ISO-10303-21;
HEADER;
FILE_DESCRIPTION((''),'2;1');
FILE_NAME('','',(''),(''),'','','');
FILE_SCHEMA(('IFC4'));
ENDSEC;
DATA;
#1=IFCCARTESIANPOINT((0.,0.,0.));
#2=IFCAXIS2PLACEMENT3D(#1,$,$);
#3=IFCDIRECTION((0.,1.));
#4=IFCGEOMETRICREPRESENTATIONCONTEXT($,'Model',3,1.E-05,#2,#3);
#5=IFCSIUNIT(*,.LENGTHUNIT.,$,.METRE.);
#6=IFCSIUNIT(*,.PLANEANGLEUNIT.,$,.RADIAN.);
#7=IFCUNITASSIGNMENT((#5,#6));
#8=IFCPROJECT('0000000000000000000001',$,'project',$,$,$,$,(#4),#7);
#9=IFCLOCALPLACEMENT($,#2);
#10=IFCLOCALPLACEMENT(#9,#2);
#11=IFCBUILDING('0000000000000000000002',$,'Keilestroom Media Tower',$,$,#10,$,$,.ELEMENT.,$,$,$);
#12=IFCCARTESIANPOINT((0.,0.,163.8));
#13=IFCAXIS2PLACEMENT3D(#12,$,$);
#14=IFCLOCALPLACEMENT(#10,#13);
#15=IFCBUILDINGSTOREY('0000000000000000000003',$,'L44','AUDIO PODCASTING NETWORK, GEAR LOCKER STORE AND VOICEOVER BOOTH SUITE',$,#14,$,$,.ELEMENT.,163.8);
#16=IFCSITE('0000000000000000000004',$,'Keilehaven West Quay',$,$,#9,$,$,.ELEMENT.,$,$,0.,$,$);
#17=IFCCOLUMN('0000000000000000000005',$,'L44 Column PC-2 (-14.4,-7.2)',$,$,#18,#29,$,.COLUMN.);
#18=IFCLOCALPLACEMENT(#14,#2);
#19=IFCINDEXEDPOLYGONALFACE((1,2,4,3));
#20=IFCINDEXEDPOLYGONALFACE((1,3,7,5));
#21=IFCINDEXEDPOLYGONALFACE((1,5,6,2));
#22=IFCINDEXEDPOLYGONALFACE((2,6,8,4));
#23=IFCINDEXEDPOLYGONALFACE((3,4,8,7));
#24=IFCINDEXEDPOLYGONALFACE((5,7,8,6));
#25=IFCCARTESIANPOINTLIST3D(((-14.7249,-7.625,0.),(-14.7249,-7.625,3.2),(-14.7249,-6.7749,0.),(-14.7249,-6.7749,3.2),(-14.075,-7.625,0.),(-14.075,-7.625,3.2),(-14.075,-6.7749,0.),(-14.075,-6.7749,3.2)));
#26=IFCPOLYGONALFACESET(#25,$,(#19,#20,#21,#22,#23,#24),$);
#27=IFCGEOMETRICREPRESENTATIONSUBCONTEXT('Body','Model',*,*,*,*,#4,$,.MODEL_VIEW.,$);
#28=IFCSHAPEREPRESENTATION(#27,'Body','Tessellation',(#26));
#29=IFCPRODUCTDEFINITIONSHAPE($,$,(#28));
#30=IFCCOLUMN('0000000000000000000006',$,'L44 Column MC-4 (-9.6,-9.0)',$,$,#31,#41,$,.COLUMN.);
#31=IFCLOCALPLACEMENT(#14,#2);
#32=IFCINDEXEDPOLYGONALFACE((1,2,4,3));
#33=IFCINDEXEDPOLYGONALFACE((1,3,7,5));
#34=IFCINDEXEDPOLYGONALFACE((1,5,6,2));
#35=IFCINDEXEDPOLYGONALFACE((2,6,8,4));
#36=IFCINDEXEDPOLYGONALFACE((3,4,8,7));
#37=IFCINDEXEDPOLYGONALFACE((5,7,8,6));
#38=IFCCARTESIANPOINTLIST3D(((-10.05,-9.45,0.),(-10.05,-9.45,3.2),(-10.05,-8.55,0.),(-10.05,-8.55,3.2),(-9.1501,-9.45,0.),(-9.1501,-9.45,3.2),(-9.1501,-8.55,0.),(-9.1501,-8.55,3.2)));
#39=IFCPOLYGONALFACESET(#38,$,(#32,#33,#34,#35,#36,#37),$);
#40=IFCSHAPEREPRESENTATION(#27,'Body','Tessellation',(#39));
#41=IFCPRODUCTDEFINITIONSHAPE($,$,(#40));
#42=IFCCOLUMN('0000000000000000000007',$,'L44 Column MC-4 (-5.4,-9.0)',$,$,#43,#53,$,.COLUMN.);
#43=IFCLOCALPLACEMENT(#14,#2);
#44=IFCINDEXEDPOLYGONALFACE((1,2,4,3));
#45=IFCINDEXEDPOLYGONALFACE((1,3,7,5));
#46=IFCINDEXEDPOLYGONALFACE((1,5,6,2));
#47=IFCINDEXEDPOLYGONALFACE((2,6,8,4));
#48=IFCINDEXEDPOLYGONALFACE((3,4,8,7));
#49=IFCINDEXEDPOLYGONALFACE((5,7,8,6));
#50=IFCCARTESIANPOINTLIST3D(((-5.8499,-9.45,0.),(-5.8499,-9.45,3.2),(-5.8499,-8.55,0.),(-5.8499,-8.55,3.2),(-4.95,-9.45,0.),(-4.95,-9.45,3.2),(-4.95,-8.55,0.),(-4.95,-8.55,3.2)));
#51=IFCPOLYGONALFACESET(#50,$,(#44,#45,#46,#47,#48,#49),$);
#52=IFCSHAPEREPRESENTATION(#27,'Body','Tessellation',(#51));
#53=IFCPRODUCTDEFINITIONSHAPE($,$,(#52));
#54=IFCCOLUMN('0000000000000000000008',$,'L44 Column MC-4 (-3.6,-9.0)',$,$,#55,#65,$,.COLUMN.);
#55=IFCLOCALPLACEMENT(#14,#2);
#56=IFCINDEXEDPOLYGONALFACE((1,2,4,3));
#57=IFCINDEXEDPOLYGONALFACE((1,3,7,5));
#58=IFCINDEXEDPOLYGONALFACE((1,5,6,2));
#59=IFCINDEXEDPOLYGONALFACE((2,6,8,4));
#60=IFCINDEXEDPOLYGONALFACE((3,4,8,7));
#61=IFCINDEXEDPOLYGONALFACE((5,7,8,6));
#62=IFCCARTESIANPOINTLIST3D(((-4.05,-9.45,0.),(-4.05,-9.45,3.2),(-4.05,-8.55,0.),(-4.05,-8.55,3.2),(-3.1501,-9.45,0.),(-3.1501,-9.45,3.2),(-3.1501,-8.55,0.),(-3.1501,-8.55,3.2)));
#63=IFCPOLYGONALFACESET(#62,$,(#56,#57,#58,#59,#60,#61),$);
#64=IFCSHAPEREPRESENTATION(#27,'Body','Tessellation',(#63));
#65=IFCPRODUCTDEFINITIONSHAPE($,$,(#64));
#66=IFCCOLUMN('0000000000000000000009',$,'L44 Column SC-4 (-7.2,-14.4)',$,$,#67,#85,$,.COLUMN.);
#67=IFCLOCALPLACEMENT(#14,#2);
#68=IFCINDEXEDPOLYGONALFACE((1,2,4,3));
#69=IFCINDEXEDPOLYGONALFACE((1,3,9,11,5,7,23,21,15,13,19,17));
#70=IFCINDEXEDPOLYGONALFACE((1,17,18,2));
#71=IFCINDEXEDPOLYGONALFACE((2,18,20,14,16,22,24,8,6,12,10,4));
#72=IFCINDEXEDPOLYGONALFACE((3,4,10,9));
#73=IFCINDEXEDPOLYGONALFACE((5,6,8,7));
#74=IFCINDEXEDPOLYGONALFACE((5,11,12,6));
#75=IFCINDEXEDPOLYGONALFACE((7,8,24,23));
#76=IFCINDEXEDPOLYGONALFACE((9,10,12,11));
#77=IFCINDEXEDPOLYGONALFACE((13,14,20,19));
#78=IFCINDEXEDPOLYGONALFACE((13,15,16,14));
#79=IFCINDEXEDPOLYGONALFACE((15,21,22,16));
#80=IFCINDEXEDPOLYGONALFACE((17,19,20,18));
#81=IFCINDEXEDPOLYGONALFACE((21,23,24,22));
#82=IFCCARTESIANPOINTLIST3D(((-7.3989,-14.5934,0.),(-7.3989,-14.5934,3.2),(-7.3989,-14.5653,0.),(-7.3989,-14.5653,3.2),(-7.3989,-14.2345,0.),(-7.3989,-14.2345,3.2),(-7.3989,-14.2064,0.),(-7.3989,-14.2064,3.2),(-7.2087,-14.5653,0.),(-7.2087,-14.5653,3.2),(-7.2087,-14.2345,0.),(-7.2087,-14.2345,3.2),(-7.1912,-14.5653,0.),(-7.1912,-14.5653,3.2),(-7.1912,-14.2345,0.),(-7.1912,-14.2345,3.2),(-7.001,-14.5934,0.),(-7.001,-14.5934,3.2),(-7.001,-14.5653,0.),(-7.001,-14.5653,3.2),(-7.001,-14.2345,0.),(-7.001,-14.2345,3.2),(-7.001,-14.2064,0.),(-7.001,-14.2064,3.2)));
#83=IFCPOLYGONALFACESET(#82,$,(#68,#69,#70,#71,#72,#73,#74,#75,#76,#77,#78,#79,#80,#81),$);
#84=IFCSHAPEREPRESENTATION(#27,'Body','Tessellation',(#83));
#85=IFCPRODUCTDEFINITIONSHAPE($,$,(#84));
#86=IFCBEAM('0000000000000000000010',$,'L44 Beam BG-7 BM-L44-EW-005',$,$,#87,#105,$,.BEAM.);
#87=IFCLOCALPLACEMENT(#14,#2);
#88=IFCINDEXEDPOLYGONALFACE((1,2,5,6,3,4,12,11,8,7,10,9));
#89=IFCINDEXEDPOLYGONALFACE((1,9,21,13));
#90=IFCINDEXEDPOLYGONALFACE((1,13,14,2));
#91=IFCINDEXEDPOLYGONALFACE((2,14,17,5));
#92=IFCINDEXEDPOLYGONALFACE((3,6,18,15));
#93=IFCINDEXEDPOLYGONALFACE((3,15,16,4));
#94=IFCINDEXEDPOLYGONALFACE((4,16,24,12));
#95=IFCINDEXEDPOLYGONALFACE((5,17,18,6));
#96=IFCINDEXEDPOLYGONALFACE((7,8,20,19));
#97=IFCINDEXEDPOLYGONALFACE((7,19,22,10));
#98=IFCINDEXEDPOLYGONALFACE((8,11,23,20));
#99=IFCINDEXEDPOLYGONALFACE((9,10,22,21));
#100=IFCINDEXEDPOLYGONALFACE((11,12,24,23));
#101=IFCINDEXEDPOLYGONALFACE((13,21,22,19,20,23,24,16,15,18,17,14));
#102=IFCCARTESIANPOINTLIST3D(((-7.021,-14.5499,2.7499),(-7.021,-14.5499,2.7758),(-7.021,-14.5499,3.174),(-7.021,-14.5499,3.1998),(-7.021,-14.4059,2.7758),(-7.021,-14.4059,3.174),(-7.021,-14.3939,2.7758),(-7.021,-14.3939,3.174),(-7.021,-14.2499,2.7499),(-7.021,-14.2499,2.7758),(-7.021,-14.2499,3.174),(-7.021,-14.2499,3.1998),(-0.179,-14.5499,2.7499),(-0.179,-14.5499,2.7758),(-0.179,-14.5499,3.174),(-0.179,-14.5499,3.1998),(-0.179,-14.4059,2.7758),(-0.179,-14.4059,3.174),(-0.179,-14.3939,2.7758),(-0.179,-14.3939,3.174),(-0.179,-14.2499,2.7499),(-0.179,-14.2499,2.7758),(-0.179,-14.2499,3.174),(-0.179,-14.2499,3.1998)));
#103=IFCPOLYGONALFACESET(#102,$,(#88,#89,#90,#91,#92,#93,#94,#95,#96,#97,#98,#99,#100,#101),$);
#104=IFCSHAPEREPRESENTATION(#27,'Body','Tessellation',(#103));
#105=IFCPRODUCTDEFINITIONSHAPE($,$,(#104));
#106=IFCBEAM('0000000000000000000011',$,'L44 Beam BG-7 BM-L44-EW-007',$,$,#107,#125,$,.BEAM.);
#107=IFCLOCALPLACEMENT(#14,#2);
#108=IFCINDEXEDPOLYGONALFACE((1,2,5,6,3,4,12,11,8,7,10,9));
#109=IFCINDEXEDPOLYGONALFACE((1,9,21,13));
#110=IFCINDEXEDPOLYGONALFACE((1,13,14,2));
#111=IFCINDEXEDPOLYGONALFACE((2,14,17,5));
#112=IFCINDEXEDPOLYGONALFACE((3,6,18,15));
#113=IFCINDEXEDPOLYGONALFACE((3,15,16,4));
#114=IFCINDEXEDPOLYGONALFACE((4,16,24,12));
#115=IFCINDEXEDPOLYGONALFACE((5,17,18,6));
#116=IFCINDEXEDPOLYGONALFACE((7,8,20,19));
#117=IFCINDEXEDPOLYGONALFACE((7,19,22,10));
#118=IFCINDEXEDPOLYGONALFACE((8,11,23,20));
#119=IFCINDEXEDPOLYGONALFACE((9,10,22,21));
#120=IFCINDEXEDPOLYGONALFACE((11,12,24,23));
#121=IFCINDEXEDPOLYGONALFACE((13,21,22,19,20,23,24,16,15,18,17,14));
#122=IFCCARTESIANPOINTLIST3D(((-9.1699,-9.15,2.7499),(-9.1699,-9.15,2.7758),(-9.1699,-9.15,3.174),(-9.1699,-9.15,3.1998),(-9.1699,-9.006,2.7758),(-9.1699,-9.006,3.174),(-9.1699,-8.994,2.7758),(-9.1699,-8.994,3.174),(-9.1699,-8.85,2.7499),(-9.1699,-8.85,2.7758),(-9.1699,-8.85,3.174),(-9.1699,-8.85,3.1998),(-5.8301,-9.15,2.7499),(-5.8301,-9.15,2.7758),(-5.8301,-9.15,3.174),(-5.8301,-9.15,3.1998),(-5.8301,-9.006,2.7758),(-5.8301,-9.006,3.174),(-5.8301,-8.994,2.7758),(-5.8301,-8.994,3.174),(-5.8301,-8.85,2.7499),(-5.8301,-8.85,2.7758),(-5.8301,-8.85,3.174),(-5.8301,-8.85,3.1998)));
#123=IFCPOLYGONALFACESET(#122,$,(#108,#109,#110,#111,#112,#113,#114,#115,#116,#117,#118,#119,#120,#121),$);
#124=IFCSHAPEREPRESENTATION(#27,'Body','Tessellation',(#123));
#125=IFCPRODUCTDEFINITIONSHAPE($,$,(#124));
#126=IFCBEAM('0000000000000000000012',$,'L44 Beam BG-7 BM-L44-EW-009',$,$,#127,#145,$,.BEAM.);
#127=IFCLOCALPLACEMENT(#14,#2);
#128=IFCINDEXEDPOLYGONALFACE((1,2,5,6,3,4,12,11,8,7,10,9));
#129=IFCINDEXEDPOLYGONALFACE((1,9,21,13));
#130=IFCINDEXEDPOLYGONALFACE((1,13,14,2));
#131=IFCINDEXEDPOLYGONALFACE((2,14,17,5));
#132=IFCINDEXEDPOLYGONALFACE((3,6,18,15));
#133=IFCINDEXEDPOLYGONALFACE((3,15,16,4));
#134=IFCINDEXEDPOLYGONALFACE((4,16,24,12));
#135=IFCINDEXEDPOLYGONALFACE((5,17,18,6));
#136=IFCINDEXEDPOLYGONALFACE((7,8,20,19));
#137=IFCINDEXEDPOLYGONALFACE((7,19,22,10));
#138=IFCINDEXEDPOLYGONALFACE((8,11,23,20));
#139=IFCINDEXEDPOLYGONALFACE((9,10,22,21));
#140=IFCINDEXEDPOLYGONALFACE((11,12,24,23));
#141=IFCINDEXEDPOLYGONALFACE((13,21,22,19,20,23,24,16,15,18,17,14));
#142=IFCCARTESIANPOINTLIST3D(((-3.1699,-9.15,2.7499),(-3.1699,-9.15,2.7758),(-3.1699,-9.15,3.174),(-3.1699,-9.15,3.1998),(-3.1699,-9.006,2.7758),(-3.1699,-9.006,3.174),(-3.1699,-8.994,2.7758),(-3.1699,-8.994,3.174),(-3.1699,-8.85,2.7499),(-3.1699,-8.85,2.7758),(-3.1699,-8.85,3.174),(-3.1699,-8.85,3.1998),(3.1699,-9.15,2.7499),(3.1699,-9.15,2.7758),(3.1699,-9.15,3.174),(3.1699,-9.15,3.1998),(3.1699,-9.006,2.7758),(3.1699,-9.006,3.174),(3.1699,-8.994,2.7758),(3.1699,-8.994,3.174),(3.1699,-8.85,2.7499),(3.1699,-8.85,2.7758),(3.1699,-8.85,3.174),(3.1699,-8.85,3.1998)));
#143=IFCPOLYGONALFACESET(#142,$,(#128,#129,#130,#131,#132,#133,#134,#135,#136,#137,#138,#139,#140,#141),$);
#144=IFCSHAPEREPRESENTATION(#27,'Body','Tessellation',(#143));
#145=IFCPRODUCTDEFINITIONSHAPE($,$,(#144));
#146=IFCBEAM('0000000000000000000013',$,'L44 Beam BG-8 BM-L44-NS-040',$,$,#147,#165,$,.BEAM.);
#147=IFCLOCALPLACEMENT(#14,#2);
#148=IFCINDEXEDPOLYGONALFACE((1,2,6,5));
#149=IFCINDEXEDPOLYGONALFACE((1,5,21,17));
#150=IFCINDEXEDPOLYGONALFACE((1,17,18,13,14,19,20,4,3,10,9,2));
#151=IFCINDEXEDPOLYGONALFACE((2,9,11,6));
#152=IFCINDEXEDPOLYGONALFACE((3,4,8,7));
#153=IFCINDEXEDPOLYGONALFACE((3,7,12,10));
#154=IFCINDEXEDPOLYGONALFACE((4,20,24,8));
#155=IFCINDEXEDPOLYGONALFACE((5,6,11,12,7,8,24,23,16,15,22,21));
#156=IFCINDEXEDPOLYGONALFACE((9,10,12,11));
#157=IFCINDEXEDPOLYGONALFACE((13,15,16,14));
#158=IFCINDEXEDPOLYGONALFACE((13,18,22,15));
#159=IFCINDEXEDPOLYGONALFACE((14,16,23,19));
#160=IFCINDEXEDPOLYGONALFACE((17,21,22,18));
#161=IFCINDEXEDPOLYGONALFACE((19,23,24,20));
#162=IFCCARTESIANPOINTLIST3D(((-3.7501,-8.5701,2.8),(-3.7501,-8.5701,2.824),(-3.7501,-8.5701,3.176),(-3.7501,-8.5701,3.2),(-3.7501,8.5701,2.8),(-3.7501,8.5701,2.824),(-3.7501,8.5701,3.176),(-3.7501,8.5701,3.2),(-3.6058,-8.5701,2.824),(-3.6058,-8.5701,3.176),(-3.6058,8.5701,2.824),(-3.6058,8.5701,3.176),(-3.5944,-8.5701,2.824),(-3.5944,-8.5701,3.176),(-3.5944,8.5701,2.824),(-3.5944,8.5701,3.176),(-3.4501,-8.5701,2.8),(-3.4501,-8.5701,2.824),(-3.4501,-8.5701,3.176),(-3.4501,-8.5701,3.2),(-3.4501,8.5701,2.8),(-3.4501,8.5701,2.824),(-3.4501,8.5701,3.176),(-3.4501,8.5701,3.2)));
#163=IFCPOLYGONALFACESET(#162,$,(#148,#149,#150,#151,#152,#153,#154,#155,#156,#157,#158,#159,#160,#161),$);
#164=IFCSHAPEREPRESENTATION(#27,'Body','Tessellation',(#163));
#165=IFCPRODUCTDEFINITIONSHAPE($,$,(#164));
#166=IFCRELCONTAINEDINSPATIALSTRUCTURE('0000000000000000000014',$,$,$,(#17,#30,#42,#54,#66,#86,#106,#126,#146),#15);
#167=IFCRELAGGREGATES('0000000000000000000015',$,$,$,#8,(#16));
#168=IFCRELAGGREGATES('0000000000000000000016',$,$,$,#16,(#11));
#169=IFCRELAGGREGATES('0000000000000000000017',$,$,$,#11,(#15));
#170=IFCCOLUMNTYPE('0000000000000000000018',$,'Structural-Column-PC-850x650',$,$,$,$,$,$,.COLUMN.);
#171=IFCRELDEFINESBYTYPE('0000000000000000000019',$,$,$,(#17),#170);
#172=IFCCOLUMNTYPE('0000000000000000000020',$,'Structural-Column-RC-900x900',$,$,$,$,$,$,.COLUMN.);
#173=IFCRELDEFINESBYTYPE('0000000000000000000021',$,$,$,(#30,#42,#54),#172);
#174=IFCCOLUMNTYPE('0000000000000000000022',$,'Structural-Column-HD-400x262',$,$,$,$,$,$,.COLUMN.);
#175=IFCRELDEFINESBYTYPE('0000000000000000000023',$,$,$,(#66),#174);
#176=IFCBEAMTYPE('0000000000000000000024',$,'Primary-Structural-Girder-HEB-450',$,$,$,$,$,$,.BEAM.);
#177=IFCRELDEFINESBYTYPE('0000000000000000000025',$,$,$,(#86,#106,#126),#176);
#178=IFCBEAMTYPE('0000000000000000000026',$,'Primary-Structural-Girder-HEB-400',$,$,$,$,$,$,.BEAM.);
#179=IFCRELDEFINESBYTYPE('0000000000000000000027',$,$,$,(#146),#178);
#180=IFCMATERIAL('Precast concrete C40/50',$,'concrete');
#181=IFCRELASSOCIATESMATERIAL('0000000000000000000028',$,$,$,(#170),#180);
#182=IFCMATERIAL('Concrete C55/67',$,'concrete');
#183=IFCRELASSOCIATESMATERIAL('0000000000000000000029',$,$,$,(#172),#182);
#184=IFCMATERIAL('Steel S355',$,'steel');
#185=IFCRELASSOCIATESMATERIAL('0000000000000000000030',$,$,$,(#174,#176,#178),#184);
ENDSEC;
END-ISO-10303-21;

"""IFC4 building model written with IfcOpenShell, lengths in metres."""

from ifc_helpers import new_model, si_unit, direction, frame, origin, origin_2d, place, context, subcontext, project, spatial, rectangle, i_section, extrude, source, transform, mapped, material, material_profile, profile_set, type_object, element, save


model = new_model("IFC4")

# Units and contexts
model_context = context("Model", 3, precision=1e-05, world=origin(), true_north=direction((0.0, 1.0)))
body_context = subcontext(model_context, "Body", "Model", "MODEL_VIEW")
ifc_project = project(units=[si_unit("LENGTHUNIT", "METRE"), si_unit("PLANEANGLEUNIT", "RADIAN")], contexts=[model_context])

# Site, building, storey
site_placement = place(None, origin())
site = spatial("IfcSite", under=ifc_project, at=site_placement, Name="Keilehaven West Quay", CompositionType="ELEMENT", RefElevation=0.0)
building_placement = place(site_placement, origin())
building = spatial("IfcBuilding", under=site, at=building_placement, Name="Keilestroom Media Tower", CompositionType="ELEMENT")
storey_placement = place(building_placement, frame((0.0, 0.0, 163.8)))
storey = spatial("IfcBuildingStorey", under=building, at=storey_placement, Name="L44", Description="AUDIO PODCASTING NETWORK, GEAR LOCKER STORE AND VOICEOVER BOOTH SUITE", CompositionType="ELEMENT", Elevation=163.8)

# Columns
ifc_material_1 = material(Name="Precast concrete C40/50", Category="concrete")
ifc_material_profile_1 = material_profile(ifc_material_1, rectangle(XDim=0.6499, YDim=0.8501, at=origin_2d()), Name="PC 850x650")
ifc_profile_set_1 = profile_set([ifc_material_profile_1], Name="Precast concrete C40/50")
column_type_1 = type_object("IfcColumnType", Name="Structural-Column-PC-850x650", PredefinedType="COLUMN", material=ifc_profile_set_1)
shared_shape_1 = source(origin(), body_context, "Body", "SweptSolid", [
    extrude(rectangle(XDim=0.6499, YDim=0.8501, at=origin_2d()), origin(), (0.0, 0.0, 1.0), 3.2),
])
column_1_placement = place(storey_placement, frame((-14.3999, -7.2, 0.0), z_axis=(0.0, 0.0, 1.0), x_axis=(1.0, 0.0, 0.0)))
element("IfcColumn", 1, at=column_1_placement, inside=storey, type_object=column_type_1, Name="L44 Column PC-2 (-14.4,-7.2)", PredefinedType="COLUMN", context=body_context, shape_type="MappedRepresentation", body=[
    mapped(shared_shape_1, transform((0.0, 0.0, 0.0), x_axis=(1.0, 0.0, 0.0), y_axis=(0.0, 1.0, 0.0), z_axis=(0.0, 0.0, 1.0), scale=1.0)),
])
ifc_material_2 = material(Name="Concrete C55/67", Category="concrete")
ifc_material_profile_2 = material_profile(ifc_material_2, rectangle(XDim=0.8999, YDim=0.8999, at=origin_2d()), Name="RC 900x900")
ifc_profile_set_2 = profile_set([ifc_material_profile_2], Name="Concrete C55/67")
column_type_2 = type_object("IfcColumnType", Name="Structural-Column-RC-900x900", PredefinedType="COLUMN", material=ifc_profile_set_2)
shared_shape_2 = source(origin(), body_context, "Body", "SweptSolid", [
    extrude(rectangle(XDim=0.8999, YDim=0.8999, at=origin_2d()), origin(), (0.0, 0.0, 1.0), 3.2),
])
for number, where, z_axis, x_axis, name in (
    (2, (-9.6001, -9.0, 0.0), (0.0, 0.0, 1.0), (1.0, 0.0, 0.0), "L44 Column MC-4 (-9.6,-9.0)"),
    (3, (-5.3999, -9.0, 0.0), (0.0, 0.0, 1.0), (1.0, 0.0, 0.0), "L44 Column MC-4 (-5.4,-9.0)"),
    (4, (-3.6001, -9.0, 0.0), (0.0, 0.0, 1.0), (1.0, 0.0, 0.0), "L44 Column MC-4 (-3.6,-9.0)"),
):
    element("IfcColumn", number, at=place(storey_placement, frame(where, z_axis=z_axis, x_axis=x_axis)), inside=storey, type_object=column_type_2, Name=name, PredefinedType="COLUMN", context=body_context, shape_type="MappedRepresentation", body=[
        mapped(shared_shape_2, transform((0.0, 0.0, 0.0), x_axis=(1.0, 0.0, 0.0), y_axis=(0.0, 1.0, 0.0), z_axis=(0.0, 0.0, 1.0), scale=1.0)),
    ])
ifc_material_3 = material(Name="Steel S355", Category="steel")
ifc_material_profile_3 = material_profile(ifc_material_3, i_section(OverallWidth=0.3979, OverallDepth=0.387, WebThickness=0.0176, FlangeThickness=0.0281, at=origin_2d()), Name="HD 400x262")
ifc_profile_set_3 = profile_set([ifc_material_profile_3], Name="Steel S355")
column_type_3 = type_object("IfcColumnType", Name="Structural-Column-HD-400x262", PredefinedType="COLUMN", material=ifc_profile_set_3)
shared_shape_3 = source(origin(), body_context, "Body", "SweptSolid", [
    extrude(i_section(OverallWidth=0.3979, OverallDepth=0.387, WebThickness=0.0176, FlangeThickness=0.0281, at=origin_2d()), origin(), (0.0, 0.0, 1.0), 3.2),
])
column_2_placement = place(storey_placement, frame((-7.2, -14.3999, 0.0), z_axis=(0.0, 0.0, 1.0), x_axis=(1.0, 0.0, 0.0)))
element("IfcColumn", 5, at=column_2_placement, inside=storey, type_object=column_type_3, Name="L44 Column SC-4 (-7.2,-14.4)", PredefinedType="COLUMN", context=body_context, shape_type="MappedRepresentation", body=[
    mapped(shared_shape_3, transform((0.0, 0.0, 0.0), x_axis=(1.0, 0.0, 0.0), y_axis=(0.0, 1.0, 0.0), z_axis=(0.0, 0.0, 1.0), scale=1.0)),
])

# Beams
ifc_material_profile_4 = material_profile(ifc_material_3, i_section(OverallWidth=0.3, OverallDepth=0.45, WebThickness=0.012, FlangeThickness=0.0259, at=origin_2d()), Name="HEB 450")
ifc_profile_set_4 = profile_set([ifc_material_profile_4], Name="Steel S355")
beam_type_1 = type_object("IfcBeamType", Name="Primary-Structural-Girder-HEB-450", PredefinedType="BEAM", material=ifc_profile_set_4)
shared_shape_4 = source(origin(), body_context, "Body", "SweptSolid", [
    extrude(i_section(OverallWidth=0.3, OverallDepth=0.45, WebThickness=0.012, FlangeThickness=0.0259, at=origin_2d()), origin(), (0.0, 0.0, 1.0), 6.842),
])
beam_1_placement = place(storey_placement, frame((-7.021, -14.3999, 2.9749), z_axis=(1.0, 0.0, 0.0), x_axis=(0.0, 1.0, 0.0)))
element("IfcBeam", 6, at=beam_1_placement, inside=storey, type_object=beam_type_1, Name="L44 Beam BG-7 BM-L44-EW-005", PredefinedType="BEAM", context=body_context, shape_type="MappedRepresentation", body=[
    mapped(shared_shape_4, transform((0.0, 0.0, 0.0), x_axis=(1.0, 0.0, 0.0), y_axis=(0.0, 1.0, 0.0), z_axis=(0.0, 0.0, 1.0), scale=1.0)),
])
shared_shape_5 = source(origin(), body_context, "Body", "SweptSolid", [
    extrude(i_section(OverallWidth=0.3, OverallDepth=0.45, WebThickness=0.012, FlangeThickness=0.0259, at=origin_2d()), origin(), (0.0, 0.0, 1.0), 3.3398),
])
beam_2_placement = place(storey_placement, frame((-9.1699, -9.0, 2.9749), z_axis=(1.0, 0.0, 0.0), x_axis=(0.0, 1.0, 0.0)))
element("IfcBeam", 7, at=beam_2_placement, inside=storey, type_object=beam_type_1, Name="L44 Beam BG-7 BM-L44-EW-007", PredefinedType="BEAM", context=body_context, shape_type="MappedRepresentation", body=[
    mapped(shared_shape_5, transform((0.0, 0.0, 0.0), x_axis=(1.0, 0.0, 0.0), y_axis=(0.0, 1.0, 0.0), z_axis=(0.0, 0.0, 1.0), scale=1.0)),
])
shared_shape_6 = source(origin(), body_context, "Body", "SweptSolid", [
    extrude(i_section(OverallWidth=0.3, OverallDepth=0.45, WebThickness=0.012, FlangeThickness=0.0259, at=origin_2d()), origin(), (0.0, 0.0, 1.0), 6.3398),
])
beam_3_placement = place(storey_placement, frame((-3.1699, -9.0, 2.9749), z_axis=(1.0, 0.0, 0.0), x_axis=(0.0, 1.0, 0.0)))
element("IfcBeam", 8, at=beam_3_placement, inside=storey, type_object=beam_type_1, Name="L44 Beam BG-7 BM-L44-EW-009", PredefinedType="BEAM", context=body_context, shape_type="MappedRepresentation", body=[
    mapped(shared_shape_6, transform((0.0, 0.0, 0.0), x_axis=(1.0, 0.0, 0.0), y_axis=(0.0, 1.0, 0.0), z_axis=(0.0, 0.0, 1.0), scale=1.0)),
])
ifc_material_profile_5 = material_profile(ifc_material_3, i_section(OverallWidth=0.3, OverallDepth=0.3999, WebThickness=0.0115, FlangeThickness=0.0239, at=origin_2d()), Name="HEB 400")
ifc_profile_set_5 = profile_set([ifc_material_profile_5], Name="Steel S355")
beam_type_2 = type_object("IfcBeamType", Name="Primary-Structural-Girder-HEB-400", PredefinedType="BEAM", material=ifc_profile_set_5)
shared_shape_7 = source(origin(), body_context, "Body", "SweptSolid", [
    extrude(i_section(OverallWidth=0.3, OverallDepth=0.3999, WebThickness=0.0115, FlangeThickness=0.0239, at=origin_2d()), origin(), (0.0, 0.0, 1.0), 17.1401),
])
beam_4_placement = place(storey_placement, frame((-3.6001, -8.5701, 3.0), z_axis=(0.0, 1.0, 0.0), x_axis=(-1.0, 0.0, 0.0)))
element("IfcBeam", 9, at=beam_4_placement, inside=storey, type_object=beam_type_2, Name="L44 Beam BG-8 BM-L44-NS-040", PredefinedType="BEAM", context=body_context, shape_type="MappedRepresentation", body=[
    mapped(shared_shape_7, transform((0.0, 0.0, 0.0), x_axis=(1.0, 0.0, 0.0), y_axis=(0.0, 1.0, 0.0), z_axis=(0.0, 0.0, 1.0), scale=1.0)),
])

save(model, "model.ifc")
